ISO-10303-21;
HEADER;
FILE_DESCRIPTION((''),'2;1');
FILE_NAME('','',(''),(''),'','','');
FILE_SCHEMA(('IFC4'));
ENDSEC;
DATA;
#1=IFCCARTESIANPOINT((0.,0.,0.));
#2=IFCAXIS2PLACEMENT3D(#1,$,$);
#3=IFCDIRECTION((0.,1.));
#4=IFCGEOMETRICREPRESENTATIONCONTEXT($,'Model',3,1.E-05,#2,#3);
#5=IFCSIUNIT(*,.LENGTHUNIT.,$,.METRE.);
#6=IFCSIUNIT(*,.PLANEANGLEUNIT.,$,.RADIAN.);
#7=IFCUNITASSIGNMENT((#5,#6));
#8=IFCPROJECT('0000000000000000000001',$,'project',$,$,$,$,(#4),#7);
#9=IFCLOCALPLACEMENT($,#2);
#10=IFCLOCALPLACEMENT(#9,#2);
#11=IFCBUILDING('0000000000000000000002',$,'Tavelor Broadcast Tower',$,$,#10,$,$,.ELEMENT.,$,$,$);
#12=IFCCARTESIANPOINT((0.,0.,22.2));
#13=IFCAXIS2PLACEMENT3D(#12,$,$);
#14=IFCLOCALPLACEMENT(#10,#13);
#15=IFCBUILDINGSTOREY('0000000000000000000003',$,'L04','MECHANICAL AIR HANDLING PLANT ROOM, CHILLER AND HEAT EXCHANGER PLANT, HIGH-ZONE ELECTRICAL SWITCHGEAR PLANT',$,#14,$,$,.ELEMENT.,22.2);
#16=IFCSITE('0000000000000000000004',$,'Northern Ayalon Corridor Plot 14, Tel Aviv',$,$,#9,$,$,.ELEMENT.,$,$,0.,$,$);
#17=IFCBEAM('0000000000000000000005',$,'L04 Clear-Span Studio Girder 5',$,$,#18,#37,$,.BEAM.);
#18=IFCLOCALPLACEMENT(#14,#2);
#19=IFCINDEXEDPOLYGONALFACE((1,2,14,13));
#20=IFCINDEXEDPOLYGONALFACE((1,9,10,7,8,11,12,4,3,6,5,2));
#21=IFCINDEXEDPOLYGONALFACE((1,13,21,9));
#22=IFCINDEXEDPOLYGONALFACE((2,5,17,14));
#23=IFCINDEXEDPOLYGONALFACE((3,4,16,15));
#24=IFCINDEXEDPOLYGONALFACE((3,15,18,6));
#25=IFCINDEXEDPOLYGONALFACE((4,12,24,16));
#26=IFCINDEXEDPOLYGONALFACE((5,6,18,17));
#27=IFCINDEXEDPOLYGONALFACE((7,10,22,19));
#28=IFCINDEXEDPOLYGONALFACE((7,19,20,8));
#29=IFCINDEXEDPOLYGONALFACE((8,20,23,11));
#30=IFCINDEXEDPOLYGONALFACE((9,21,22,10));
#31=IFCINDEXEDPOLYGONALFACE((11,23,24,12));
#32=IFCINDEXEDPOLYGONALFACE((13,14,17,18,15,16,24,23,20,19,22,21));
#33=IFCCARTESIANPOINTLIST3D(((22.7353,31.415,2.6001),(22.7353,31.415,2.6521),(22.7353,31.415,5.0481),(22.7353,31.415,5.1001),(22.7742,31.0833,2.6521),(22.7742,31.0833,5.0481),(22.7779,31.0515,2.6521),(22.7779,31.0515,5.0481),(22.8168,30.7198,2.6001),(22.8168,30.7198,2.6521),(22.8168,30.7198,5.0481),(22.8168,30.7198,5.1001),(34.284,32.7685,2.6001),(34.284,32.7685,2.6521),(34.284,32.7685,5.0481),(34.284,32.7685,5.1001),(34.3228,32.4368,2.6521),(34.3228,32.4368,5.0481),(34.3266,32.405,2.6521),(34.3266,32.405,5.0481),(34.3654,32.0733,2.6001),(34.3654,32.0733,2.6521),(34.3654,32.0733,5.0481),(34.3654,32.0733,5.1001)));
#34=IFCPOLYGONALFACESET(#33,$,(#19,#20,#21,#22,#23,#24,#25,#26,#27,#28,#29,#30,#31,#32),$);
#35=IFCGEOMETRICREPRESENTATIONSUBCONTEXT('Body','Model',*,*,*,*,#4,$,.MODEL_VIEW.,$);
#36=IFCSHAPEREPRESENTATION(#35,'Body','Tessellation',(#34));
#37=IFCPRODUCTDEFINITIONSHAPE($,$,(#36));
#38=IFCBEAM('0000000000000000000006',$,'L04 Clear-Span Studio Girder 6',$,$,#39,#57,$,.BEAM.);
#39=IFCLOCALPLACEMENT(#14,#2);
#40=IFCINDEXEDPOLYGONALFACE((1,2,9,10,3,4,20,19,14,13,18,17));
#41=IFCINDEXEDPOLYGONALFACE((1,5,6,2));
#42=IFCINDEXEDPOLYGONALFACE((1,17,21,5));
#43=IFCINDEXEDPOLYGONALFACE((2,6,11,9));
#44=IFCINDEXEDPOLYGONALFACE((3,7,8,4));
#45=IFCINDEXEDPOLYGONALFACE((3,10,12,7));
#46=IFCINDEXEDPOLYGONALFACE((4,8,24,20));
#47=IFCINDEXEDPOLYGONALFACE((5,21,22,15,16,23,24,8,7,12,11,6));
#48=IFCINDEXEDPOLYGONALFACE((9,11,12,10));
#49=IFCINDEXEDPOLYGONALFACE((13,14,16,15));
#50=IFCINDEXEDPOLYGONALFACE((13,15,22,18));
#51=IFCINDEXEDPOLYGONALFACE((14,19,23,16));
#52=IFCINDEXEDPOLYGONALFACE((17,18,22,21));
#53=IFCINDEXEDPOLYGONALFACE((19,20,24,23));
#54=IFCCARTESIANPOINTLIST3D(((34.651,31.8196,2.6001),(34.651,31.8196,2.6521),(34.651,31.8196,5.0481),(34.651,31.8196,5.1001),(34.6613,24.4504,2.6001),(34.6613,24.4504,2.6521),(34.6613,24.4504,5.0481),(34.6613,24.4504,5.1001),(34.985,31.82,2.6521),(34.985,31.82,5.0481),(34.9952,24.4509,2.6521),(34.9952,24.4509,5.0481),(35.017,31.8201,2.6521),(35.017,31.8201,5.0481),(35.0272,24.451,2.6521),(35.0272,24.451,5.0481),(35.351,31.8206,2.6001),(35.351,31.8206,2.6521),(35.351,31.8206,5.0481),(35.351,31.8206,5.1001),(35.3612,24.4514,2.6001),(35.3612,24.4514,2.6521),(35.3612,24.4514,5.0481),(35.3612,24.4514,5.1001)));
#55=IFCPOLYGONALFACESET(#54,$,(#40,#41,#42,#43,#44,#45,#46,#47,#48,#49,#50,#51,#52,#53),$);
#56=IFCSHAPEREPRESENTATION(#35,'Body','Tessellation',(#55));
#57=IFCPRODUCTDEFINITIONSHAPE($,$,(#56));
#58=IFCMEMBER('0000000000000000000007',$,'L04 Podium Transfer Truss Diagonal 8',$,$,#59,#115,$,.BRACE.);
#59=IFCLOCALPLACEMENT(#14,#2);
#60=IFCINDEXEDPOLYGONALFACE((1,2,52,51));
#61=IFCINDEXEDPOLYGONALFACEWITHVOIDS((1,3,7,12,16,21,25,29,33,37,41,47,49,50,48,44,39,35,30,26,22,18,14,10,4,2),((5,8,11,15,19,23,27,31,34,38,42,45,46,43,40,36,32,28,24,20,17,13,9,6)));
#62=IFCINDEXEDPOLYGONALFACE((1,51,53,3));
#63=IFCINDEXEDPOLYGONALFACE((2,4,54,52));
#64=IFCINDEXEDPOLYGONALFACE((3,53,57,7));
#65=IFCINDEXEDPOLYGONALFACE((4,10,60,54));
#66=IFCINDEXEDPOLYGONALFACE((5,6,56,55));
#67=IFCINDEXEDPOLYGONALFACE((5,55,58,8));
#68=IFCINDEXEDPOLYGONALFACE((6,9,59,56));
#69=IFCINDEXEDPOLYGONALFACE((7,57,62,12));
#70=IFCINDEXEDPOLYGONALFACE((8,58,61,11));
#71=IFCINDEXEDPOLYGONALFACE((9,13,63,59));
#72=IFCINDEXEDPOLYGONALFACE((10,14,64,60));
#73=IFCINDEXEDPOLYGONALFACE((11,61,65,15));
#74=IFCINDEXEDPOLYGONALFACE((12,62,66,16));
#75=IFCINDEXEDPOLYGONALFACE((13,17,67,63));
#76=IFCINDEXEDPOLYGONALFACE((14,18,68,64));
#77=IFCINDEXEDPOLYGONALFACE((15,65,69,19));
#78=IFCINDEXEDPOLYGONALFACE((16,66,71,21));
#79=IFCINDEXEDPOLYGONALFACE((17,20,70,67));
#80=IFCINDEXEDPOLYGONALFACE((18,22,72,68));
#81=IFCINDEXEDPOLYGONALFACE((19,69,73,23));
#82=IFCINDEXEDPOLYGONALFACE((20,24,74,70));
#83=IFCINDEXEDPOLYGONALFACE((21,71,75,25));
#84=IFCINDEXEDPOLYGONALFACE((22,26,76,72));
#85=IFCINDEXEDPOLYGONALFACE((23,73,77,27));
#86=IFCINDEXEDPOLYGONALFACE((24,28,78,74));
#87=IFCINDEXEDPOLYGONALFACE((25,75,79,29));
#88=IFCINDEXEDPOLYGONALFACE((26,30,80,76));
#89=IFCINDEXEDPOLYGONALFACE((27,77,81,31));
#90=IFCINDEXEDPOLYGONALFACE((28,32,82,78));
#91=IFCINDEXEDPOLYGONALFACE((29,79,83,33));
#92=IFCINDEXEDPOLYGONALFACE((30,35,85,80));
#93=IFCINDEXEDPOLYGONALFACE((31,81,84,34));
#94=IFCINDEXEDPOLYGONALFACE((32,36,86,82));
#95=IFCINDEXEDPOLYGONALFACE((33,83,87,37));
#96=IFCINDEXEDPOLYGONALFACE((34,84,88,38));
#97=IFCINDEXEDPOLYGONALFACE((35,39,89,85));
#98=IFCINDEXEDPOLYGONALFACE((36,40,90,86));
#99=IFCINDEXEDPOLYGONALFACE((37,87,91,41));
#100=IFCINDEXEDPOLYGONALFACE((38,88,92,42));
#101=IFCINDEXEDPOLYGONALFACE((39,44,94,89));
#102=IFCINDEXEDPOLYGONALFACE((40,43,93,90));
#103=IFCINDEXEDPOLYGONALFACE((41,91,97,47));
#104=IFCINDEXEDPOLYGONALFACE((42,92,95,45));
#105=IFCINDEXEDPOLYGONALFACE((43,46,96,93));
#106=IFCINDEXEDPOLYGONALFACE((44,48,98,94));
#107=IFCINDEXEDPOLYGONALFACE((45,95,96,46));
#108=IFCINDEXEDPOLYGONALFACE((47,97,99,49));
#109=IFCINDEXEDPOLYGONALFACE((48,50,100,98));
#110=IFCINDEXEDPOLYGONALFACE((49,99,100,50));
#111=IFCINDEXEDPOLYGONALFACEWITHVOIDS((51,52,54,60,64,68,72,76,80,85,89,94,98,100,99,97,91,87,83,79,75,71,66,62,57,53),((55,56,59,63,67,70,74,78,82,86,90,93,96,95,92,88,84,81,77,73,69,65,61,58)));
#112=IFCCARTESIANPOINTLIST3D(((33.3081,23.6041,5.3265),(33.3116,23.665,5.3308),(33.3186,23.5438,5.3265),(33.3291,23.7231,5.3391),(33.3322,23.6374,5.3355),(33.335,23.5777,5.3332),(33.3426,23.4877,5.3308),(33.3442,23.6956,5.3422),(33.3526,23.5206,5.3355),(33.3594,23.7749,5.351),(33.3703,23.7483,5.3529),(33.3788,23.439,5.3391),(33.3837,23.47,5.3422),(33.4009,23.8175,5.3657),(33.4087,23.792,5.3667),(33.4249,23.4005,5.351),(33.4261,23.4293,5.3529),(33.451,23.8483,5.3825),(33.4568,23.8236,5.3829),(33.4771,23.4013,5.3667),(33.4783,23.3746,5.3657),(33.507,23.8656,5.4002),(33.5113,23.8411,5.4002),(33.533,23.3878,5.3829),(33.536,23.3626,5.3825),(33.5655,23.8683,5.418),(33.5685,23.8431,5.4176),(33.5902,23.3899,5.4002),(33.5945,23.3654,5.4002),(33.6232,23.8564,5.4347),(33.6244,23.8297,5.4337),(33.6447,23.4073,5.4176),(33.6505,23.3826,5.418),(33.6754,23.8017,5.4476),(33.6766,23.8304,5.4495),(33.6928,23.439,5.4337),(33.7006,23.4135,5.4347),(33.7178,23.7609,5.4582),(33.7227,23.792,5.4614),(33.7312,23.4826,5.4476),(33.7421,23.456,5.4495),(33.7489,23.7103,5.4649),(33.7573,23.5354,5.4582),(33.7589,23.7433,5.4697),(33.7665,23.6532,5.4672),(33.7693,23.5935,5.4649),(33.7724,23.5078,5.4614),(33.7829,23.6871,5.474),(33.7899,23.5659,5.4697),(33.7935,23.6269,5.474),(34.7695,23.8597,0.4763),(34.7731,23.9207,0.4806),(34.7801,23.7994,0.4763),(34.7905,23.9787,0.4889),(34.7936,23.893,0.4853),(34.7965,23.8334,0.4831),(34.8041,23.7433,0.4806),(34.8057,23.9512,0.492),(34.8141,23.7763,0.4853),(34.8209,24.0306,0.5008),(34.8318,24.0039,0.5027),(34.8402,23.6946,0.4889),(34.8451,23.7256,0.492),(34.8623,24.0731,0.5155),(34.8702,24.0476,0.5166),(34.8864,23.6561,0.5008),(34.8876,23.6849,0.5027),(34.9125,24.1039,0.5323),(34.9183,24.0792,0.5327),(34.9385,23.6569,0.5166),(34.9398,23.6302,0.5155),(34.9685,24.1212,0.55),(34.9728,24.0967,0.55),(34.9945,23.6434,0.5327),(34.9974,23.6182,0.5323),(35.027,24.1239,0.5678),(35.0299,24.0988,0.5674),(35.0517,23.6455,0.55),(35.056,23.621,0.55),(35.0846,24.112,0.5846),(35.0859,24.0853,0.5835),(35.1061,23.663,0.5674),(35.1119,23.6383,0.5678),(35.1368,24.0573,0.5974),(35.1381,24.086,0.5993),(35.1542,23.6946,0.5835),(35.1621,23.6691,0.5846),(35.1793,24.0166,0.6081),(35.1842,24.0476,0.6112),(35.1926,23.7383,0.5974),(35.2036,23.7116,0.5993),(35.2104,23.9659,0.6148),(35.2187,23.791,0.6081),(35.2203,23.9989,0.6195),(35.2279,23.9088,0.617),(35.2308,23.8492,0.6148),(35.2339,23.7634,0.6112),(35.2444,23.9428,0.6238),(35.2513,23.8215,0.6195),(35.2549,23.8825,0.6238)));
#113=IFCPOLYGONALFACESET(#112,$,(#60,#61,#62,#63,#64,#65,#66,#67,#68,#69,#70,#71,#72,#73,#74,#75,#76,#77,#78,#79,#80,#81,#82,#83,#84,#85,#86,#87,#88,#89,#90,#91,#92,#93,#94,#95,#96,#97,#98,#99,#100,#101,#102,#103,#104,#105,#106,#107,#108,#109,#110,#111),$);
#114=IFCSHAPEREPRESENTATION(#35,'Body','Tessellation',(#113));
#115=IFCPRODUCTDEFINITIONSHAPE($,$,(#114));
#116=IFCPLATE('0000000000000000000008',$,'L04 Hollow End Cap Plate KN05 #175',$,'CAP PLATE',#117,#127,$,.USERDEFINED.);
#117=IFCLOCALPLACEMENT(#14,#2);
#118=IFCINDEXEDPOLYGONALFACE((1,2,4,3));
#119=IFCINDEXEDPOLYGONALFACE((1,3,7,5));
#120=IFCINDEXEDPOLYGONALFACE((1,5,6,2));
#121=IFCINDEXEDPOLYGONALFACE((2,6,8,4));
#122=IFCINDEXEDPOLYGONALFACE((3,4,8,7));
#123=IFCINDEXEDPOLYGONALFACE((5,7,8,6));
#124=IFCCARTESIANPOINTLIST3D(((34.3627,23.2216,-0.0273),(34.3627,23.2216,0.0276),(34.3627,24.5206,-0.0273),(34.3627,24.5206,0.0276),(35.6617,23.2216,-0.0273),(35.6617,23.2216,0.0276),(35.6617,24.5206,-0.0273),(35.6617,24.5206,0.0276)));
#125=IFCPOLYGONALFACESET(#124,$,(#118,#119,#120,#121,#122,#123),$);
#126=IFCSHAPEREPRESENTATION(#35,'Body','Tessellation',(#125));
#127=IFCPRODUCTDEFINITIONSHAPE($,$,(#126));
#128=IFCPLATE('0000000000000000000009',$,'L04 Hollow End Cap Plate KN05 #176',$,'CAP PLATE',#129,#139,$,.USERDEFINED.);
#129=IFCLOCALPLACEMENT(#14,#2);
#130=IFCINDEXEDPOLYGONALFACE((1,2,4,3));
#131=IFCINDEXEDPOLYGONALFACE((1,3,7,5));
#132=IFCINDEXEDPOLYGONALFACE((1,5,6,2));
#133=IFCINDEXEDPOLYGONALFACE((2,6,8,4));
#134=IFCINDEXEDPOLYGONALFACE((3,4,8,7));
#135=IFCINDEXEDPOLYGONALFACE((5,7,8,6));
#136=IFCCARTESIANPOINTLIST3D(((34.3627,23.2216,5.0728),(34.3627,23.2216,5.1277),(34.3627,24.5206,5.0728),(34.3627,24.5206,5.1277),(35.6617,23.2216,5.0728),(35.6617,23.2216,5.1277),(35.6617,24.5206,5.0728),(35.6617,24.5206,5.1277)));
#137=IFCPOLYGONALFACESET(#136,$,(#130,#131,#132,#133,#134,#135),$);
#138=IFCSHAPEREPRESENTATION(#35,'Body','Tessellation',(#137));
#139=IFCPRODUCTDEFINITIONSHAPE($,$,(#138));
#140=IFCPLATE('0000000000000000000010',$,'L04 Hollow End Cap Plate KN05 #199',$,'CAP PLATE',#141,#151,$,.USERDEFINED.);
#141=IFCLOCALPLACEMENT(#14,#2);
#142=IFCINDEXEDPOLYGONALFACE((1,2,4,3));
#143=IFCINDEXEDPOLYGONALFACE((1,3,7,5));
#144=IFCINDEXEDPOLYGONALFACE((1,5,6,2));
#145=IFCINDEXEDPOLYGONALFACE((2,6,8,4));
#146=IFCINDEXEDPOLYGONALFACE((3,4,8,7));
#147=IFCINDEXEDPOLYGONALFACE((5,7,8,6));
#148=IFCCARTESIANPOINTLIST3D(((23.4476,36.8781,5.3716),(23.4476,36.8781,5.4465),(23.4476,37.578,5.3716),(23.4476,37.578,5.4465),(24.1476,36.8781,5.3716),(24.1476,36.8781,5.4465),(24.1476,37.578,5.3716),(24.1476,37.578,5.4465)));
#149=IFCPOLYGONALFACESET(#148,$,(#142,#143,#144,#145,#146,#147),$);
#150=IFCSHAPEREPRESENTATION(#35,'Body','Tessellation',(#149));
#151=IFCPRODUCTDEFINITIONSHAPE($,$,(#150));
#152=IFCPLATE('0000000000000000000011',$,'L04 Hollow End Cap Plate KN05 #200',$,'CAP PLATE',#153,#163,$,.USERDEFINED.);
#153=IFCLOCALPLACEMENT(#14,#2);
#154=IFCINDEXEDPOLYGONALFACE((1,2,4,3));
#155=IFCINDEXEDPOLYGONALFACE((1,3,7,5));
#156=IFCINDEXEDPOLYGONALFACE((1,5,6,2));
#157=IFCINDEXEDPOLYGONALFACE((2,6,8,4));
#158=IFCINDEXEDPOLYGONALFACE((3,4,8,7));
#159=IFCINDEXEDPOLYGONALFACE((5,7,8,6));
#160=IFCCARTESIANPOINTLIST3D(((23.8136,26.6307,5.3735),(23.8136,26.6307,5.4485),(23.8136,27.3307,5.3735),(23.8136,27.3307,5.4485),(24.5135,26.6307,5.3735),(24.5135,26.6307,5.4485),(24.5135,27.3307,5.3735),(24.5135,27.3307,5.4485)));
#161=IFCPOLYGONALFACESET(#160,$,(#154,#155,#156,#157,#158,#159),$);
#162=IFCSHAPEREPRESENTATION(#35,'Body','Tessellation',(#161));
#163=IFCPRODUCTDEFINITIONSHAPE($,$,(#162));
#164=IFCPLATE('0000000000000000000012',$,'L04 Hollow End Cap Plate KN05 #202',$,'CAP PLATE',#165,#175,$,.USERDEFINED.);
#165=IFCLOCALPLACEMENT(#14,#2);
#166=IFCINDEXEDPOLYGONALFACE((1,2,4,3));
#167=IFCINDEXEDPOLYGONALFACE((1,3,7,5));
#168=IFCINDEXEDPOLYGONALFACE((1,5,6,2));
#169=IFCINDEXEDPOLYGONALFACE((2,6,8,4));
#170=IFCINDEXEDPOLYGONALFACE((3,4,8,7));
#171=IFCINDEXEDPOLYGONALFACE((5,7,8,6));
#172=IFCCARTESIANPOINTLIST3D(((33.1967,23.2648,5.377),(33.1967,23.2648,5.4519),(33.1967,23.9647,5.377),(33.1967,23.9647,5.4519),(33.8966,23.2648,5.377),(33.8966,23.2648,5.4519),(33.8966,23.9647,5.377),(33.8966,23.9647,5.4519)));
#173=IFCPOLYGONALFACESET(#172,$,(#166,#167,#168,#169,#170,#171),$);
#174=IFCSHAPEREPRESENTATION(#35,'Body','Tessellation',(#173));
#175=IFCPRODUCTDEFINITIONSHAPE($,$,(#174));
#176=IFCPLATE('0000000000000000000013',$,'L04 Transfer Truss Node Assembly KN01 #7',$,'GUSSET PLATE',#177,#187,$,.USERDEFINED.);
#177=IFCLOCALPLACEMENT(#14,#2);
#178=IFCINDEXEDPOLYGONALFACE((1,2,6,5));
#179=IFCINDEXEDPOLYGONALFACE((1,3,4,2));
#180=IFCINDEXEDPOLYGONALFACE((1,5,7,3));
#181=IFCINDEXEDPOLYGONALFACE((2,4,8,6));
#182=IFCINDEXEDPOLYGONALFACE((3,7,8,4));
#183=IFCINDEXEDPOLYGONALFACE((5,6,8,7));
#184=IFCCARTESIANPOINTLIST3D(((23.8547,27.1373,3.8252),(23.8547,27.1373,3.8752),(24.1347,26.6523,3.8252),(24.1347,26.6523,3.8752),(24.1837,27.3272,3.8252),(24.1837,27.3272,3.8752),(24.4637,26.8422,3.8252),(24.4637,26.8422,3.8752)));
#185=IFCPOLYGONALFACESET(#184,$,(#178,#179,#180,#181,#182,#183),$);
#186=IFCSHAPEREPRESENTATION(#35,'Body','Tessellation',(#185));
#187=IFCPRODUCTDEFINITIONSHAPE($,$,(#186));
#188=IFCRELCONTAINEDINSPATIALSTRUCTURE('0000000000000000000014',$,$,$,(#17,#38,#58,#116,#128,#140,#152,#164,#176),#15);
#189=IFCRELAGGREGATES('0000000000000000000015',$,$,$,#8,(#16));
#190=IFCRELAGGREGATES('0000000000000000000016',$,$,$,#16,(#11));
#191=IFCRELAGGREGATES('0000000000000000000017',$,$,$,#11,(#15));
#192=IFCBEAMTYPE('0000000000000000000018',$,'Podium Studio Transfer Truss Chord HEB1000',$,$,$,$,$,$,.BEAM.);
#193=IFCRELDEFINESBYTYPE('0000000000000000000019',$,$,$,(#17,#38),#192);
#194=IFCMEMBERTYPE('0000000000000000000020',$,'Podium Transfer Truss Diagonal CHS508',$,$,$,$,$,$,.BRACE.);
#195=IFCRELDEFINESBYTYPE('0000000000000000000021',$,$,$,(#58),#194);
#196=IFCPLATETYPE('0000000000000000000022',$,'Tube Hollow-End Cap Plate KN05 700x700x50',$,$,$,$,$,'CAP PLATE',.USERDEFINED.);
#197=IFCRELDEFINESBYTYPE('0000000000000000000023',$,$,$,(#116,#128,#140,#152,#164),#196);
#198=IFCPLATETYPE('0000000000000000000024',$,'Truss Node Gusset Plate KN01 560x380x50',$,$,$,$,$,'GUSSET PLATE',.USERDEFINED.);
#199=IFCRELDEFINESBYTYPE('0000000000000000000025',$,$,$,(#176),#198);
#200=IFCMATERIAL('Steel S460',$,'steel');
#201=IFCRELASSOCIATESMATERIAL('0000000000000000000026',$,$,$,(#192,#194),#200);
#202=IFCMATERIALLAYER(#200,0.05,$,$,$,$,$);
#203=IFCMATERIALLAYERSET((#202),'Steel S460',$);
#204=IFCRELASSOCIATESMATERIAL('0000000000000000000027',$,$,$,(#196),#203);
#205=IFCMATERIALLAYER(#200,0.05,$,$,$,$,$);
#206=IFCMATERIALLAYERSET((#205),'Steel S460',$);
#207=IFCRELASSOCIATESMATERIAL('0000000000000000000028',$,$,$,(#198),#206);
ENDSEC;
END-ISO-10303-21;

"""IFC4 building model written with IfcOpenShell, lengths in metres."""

from ifc_helpers import new_model, si_unit, direction, frame, origin, origin_2d, place, context, subcontext, project, spatial, rectangle, hollow_circle, i_section, extrude, source, transform, mapped, material, layer, layer_set, material_profile, profile_set, type_object, type_shapes, element, save


model = new_model("IFC4")

# Units and contexts
model_context = context("Model", 3, precision=1e-05, world=origin(), true_north=direction((0.0, 1.0)))
body_context = subcontext(model_context, "Body", "Model", "MODEL_VIEW")
ifc_project = project(units=[si_unit("LENGTHUNIT", "METRE"), si_unit("PLANEANGLEUNIT", "RADIAN")], contexts=[model_context])

# Site, building, storey
site_placement = place(None, origin())
site = spatial("IfcSite", under=ifc_project, at=site_placement, Name="Northern Ayalon Corridor Plot 14, Tel Aviv", CompositionType="ELEMENT", RefElevation=0.0)
building_placement = place(site_placement, origin())
building = spatial("IfcBuilding", under=site, at=building_placement, Name="Tavelor Broadcast Tower", CompositionType="ELEMENT")
storey_placement = place(building_placement, frame((0.0, 0.0, 22.2)))
storey = spatial("IfcBuildingStorey", under=building, at=storey_placement, Name="L04", Description="MECHANICAL AIR HANDLING PLANT ROOM, CHILLER AND HEAT EXCHANGER PLANT, HIGH-ZONE ELECTRICAL SWITCHGEAR PLANT", CompositionType="ELEMENT", Elevation=22.2)

# Shared definitions
ifc_material_1 = material(Name="Steel S460", Category="steel")

# Beams
ifc_material_profile_1 = material_profile(ifc_material_1, i_section(OverallWidth=0.7, OverallDepth=2.5, WebThickness=0.032, FlangeThickness=0.052, at=origin_2d()), Name="PG 2500x700")
ifc_profile_set_1 = profile_set([ifc_material_profile_1], Name="Steel S460")
beam_type_1 = type_object("IfcBeamType", Name="Podium Studio Transfer Truss Chord HEB1000", PredefinedType="BEAM", material=ifc_profile_set_1)
beam_1_placement = place(storey_placement, frame((34.3247, 32.4209, 3.8501), z_axis=(-0.993202, -0.116405, 0.0), x_axis=(0.116405, -0.993202, 0.0)))
element("IfcBeam", 1, at=beam_1_placement, inside=storey, type_object=beam_type_1, Name="L04 Clear-Span Studio Girder 5", PredefinedType="BEAM", context=body_context, shape_type="SweptSolid", body=[
    extrude(i_section(OverallWidth=0.7, OverallDepth=2.5, WebThickness=0.032, FlangeThickness=0.052, at=origin_2d()), origin(), (0.0, 0.0, 1.0), 11.6277),
])
beam_2_placement = place(storey_placement, frame((35.001, 31.8201, 3.8501), z_axis=(0.001391, -0.999999, 0.0), x_axis=(0.999999, 0.001391, 0.0)))
element("IfcBeam", 2, at=beam_2_placement, inside=storey, type_object=beam_type_1, Name="L04 Clear-Span Studio Girder 6", PredefinedType="BEAM", context=body_context, shape_type="SweptSolid", body=[
    extrude(i_section(OverallWidth=0.7, OverallDepth=2.5, WebThickness=0.032, FlangeThickness=0.052, at=origin_2d()), origin(), (0.0, 0.0, 1.0), 7.3691),
])

# Member
ifc_material_profile_2 = material_profile(ifc_material_1, hollow_circle(Radius=0.2539, WallThickness=0.0249, at=origin_2d()), Name="CHS 508x25")
ifc_profile_set_2 = profile_set([ifc_material_profile_2], Name="Steel S460")
member_type = type_object("IfcMemberType", Name="Podium Transfer Truss Diagonal CHS508", PredefinedType="BRACE", material=ifc_profile_set_2)
member_placement = place(storey_placement, frame((35.0122, 23.8711, 0.55), z_axis=(-0.28814, -0.050398, 0.956261), x_axis=(0.172293, -0.985046, 0.0)))
element("IfcMember", 3, at=member_placement, inside=storey, type_object=member_type, Name="L04 Podium Transfer Truss Diagonal 8", PredefinedType="BRACE", context=body_context, shape_type="SweptSolid", body=[
    extrude(hollow_circle(Radius=0.2539, WallThickness=0.0249, at=origin_2d()), origin(), (0.0, 0.0, 1.0), 5.072),
])

# Plates
ifc_layer_1 = layer(ifc_material_1, 0.05)
ifc_layer_set_1 = layer_set([ifc_layer_1], Name="Steel S460")
plate_type_1 = type_object("IfcPlateType", Name="Tube Hollow-End Cap Plate KN05 700x700x50", ElementType="CAP PLATE", PredefinedType="USERDEFINED", material=ifc_layer_set_1)
shared_shape_1 = source(origin(), body_context, "Body", "SweptSolid", [
    extrude(rectangle(XDim=1.2991, YDim=1.2991, at=origin_2d()), origin(), (0.0, 0.0, 1.0), 0.0549),
])
for number, where, z_axis, x_axis, name in (
    (4, (35.0122, 23.8711, -0.0273), (0.0, 0.0, 1.0), (1.0, 0.0, 0.0), "L04 Hollow End Cap Plate KN05 #175"),
    (5, (35.0122, 23.8711, 5.0728), (0.0, 0.0, 1.0), (1.0, 0.0, 0.0), "L04 Hollow End Cap Plate KN05 #176"),
):
    element("IfcPlate", number, at=place(storey_placement, frame(where, z_axis=z_axis, x_axis=x_axis)), inside=storey, type_object=plate_type_1, Name=name, ObjectType="CAP PLATE", PredefinedType="USERDEFINED", context=body_context, shape_type="MappedRepresentation", body=[
        mapped(shared_shape_1, transform((0.0, 0.0, 0.0), scale=1.0)),
    ])
shared_shape_2 = source(origin(), body_context, "Body", "SweptSolid", [
    extrude(rectangle(XDim=0.7, YDim=0.7, at=origin_2d()), origin(), (0.0, 0.0, 1.0), 0.075),
])
type_shapes(plate_type_1, [shared_shape_1, shared_shape_2])
for number, where, z_axis, x_axis, name in (
    (6, (23.7976, 37.228, 5.3716), (0.0, 0.0, 1.0), (1.0, 0.0, 0.0), "L04 Hollow End Cap Plate KN05 #199"),
    (7, (24.1636, 26.9807, 5.3735), (0.0, 0.0, 1.0), (1.0, 0.0, 0.0), "L04 Hollow End Cap Plate KN05 #200"),
    (8, (33.5466, 23.6147, 5.377), (0.0, 0.0, 1.0), (1.0, 0.0, 0.0), "L04 Hollow End Cap Plate KN05 #202"),
):
    element("IfcPlate", number, at=place(storey_placement, frame(where, z_axis=z_axis, x_axis=x_axis)), inside=storey, type_object=plate_type_1, Name=name, ObjectType="CAP PLATE", PredefinedType="USERDEFINED", context=body_context, shape_type="MappedRepresentation", body=[
        mapped(shared_shape_2, transform((0.0, 0.0, 0.0), scale=1.0)),
    ])
ifc_layer_2 = layer(ifc_material_1, 0.05)
ifc_layer_set_2 = layer_set([ifc_layer_2], Name="Steel S460")
plate_type_2 = type_object("IfcPlateType", Name="Truss Node Gusset Plate KN01 560x380x50", ElementType="GUSSET PLATE", PredefinedType="USERDEFINED", material=ifc_layer_set_2)
shared_shape_3 = source(origin(), body_context, "Body", "SweptSolid", [
    extrude(rectangle(XDim=0.5601, YDim=0.3799, at=origin_2d()), origin(), (0.0, 0.0, 1.0), 0.05),
])
type_shapes(plate_type_2, [shared_shape_3])
plate_placement = place(storey_placement, frame((24.1592, 26.9897, 3.8252), z_axis=(0.0, 0.0, 1.0), x_axis=(-0.5, 0.866025, 0.0)))
element("IfcPlate", 9, at=plate_placement, inside=storey, type_object=plate_type_2, Name="L04 Transfer Truss Node Assembly KN01 #7", ObjectType="GUSSET PLATE", PredefinedType="USERDEFINED", context=body_context, shape_type="MappedRepresentation", body=[
    mapped(shared_shape_3, transform((0.0, 0.0, 0.0), scale=1.0)),
])

save(model, "model.ifc")
